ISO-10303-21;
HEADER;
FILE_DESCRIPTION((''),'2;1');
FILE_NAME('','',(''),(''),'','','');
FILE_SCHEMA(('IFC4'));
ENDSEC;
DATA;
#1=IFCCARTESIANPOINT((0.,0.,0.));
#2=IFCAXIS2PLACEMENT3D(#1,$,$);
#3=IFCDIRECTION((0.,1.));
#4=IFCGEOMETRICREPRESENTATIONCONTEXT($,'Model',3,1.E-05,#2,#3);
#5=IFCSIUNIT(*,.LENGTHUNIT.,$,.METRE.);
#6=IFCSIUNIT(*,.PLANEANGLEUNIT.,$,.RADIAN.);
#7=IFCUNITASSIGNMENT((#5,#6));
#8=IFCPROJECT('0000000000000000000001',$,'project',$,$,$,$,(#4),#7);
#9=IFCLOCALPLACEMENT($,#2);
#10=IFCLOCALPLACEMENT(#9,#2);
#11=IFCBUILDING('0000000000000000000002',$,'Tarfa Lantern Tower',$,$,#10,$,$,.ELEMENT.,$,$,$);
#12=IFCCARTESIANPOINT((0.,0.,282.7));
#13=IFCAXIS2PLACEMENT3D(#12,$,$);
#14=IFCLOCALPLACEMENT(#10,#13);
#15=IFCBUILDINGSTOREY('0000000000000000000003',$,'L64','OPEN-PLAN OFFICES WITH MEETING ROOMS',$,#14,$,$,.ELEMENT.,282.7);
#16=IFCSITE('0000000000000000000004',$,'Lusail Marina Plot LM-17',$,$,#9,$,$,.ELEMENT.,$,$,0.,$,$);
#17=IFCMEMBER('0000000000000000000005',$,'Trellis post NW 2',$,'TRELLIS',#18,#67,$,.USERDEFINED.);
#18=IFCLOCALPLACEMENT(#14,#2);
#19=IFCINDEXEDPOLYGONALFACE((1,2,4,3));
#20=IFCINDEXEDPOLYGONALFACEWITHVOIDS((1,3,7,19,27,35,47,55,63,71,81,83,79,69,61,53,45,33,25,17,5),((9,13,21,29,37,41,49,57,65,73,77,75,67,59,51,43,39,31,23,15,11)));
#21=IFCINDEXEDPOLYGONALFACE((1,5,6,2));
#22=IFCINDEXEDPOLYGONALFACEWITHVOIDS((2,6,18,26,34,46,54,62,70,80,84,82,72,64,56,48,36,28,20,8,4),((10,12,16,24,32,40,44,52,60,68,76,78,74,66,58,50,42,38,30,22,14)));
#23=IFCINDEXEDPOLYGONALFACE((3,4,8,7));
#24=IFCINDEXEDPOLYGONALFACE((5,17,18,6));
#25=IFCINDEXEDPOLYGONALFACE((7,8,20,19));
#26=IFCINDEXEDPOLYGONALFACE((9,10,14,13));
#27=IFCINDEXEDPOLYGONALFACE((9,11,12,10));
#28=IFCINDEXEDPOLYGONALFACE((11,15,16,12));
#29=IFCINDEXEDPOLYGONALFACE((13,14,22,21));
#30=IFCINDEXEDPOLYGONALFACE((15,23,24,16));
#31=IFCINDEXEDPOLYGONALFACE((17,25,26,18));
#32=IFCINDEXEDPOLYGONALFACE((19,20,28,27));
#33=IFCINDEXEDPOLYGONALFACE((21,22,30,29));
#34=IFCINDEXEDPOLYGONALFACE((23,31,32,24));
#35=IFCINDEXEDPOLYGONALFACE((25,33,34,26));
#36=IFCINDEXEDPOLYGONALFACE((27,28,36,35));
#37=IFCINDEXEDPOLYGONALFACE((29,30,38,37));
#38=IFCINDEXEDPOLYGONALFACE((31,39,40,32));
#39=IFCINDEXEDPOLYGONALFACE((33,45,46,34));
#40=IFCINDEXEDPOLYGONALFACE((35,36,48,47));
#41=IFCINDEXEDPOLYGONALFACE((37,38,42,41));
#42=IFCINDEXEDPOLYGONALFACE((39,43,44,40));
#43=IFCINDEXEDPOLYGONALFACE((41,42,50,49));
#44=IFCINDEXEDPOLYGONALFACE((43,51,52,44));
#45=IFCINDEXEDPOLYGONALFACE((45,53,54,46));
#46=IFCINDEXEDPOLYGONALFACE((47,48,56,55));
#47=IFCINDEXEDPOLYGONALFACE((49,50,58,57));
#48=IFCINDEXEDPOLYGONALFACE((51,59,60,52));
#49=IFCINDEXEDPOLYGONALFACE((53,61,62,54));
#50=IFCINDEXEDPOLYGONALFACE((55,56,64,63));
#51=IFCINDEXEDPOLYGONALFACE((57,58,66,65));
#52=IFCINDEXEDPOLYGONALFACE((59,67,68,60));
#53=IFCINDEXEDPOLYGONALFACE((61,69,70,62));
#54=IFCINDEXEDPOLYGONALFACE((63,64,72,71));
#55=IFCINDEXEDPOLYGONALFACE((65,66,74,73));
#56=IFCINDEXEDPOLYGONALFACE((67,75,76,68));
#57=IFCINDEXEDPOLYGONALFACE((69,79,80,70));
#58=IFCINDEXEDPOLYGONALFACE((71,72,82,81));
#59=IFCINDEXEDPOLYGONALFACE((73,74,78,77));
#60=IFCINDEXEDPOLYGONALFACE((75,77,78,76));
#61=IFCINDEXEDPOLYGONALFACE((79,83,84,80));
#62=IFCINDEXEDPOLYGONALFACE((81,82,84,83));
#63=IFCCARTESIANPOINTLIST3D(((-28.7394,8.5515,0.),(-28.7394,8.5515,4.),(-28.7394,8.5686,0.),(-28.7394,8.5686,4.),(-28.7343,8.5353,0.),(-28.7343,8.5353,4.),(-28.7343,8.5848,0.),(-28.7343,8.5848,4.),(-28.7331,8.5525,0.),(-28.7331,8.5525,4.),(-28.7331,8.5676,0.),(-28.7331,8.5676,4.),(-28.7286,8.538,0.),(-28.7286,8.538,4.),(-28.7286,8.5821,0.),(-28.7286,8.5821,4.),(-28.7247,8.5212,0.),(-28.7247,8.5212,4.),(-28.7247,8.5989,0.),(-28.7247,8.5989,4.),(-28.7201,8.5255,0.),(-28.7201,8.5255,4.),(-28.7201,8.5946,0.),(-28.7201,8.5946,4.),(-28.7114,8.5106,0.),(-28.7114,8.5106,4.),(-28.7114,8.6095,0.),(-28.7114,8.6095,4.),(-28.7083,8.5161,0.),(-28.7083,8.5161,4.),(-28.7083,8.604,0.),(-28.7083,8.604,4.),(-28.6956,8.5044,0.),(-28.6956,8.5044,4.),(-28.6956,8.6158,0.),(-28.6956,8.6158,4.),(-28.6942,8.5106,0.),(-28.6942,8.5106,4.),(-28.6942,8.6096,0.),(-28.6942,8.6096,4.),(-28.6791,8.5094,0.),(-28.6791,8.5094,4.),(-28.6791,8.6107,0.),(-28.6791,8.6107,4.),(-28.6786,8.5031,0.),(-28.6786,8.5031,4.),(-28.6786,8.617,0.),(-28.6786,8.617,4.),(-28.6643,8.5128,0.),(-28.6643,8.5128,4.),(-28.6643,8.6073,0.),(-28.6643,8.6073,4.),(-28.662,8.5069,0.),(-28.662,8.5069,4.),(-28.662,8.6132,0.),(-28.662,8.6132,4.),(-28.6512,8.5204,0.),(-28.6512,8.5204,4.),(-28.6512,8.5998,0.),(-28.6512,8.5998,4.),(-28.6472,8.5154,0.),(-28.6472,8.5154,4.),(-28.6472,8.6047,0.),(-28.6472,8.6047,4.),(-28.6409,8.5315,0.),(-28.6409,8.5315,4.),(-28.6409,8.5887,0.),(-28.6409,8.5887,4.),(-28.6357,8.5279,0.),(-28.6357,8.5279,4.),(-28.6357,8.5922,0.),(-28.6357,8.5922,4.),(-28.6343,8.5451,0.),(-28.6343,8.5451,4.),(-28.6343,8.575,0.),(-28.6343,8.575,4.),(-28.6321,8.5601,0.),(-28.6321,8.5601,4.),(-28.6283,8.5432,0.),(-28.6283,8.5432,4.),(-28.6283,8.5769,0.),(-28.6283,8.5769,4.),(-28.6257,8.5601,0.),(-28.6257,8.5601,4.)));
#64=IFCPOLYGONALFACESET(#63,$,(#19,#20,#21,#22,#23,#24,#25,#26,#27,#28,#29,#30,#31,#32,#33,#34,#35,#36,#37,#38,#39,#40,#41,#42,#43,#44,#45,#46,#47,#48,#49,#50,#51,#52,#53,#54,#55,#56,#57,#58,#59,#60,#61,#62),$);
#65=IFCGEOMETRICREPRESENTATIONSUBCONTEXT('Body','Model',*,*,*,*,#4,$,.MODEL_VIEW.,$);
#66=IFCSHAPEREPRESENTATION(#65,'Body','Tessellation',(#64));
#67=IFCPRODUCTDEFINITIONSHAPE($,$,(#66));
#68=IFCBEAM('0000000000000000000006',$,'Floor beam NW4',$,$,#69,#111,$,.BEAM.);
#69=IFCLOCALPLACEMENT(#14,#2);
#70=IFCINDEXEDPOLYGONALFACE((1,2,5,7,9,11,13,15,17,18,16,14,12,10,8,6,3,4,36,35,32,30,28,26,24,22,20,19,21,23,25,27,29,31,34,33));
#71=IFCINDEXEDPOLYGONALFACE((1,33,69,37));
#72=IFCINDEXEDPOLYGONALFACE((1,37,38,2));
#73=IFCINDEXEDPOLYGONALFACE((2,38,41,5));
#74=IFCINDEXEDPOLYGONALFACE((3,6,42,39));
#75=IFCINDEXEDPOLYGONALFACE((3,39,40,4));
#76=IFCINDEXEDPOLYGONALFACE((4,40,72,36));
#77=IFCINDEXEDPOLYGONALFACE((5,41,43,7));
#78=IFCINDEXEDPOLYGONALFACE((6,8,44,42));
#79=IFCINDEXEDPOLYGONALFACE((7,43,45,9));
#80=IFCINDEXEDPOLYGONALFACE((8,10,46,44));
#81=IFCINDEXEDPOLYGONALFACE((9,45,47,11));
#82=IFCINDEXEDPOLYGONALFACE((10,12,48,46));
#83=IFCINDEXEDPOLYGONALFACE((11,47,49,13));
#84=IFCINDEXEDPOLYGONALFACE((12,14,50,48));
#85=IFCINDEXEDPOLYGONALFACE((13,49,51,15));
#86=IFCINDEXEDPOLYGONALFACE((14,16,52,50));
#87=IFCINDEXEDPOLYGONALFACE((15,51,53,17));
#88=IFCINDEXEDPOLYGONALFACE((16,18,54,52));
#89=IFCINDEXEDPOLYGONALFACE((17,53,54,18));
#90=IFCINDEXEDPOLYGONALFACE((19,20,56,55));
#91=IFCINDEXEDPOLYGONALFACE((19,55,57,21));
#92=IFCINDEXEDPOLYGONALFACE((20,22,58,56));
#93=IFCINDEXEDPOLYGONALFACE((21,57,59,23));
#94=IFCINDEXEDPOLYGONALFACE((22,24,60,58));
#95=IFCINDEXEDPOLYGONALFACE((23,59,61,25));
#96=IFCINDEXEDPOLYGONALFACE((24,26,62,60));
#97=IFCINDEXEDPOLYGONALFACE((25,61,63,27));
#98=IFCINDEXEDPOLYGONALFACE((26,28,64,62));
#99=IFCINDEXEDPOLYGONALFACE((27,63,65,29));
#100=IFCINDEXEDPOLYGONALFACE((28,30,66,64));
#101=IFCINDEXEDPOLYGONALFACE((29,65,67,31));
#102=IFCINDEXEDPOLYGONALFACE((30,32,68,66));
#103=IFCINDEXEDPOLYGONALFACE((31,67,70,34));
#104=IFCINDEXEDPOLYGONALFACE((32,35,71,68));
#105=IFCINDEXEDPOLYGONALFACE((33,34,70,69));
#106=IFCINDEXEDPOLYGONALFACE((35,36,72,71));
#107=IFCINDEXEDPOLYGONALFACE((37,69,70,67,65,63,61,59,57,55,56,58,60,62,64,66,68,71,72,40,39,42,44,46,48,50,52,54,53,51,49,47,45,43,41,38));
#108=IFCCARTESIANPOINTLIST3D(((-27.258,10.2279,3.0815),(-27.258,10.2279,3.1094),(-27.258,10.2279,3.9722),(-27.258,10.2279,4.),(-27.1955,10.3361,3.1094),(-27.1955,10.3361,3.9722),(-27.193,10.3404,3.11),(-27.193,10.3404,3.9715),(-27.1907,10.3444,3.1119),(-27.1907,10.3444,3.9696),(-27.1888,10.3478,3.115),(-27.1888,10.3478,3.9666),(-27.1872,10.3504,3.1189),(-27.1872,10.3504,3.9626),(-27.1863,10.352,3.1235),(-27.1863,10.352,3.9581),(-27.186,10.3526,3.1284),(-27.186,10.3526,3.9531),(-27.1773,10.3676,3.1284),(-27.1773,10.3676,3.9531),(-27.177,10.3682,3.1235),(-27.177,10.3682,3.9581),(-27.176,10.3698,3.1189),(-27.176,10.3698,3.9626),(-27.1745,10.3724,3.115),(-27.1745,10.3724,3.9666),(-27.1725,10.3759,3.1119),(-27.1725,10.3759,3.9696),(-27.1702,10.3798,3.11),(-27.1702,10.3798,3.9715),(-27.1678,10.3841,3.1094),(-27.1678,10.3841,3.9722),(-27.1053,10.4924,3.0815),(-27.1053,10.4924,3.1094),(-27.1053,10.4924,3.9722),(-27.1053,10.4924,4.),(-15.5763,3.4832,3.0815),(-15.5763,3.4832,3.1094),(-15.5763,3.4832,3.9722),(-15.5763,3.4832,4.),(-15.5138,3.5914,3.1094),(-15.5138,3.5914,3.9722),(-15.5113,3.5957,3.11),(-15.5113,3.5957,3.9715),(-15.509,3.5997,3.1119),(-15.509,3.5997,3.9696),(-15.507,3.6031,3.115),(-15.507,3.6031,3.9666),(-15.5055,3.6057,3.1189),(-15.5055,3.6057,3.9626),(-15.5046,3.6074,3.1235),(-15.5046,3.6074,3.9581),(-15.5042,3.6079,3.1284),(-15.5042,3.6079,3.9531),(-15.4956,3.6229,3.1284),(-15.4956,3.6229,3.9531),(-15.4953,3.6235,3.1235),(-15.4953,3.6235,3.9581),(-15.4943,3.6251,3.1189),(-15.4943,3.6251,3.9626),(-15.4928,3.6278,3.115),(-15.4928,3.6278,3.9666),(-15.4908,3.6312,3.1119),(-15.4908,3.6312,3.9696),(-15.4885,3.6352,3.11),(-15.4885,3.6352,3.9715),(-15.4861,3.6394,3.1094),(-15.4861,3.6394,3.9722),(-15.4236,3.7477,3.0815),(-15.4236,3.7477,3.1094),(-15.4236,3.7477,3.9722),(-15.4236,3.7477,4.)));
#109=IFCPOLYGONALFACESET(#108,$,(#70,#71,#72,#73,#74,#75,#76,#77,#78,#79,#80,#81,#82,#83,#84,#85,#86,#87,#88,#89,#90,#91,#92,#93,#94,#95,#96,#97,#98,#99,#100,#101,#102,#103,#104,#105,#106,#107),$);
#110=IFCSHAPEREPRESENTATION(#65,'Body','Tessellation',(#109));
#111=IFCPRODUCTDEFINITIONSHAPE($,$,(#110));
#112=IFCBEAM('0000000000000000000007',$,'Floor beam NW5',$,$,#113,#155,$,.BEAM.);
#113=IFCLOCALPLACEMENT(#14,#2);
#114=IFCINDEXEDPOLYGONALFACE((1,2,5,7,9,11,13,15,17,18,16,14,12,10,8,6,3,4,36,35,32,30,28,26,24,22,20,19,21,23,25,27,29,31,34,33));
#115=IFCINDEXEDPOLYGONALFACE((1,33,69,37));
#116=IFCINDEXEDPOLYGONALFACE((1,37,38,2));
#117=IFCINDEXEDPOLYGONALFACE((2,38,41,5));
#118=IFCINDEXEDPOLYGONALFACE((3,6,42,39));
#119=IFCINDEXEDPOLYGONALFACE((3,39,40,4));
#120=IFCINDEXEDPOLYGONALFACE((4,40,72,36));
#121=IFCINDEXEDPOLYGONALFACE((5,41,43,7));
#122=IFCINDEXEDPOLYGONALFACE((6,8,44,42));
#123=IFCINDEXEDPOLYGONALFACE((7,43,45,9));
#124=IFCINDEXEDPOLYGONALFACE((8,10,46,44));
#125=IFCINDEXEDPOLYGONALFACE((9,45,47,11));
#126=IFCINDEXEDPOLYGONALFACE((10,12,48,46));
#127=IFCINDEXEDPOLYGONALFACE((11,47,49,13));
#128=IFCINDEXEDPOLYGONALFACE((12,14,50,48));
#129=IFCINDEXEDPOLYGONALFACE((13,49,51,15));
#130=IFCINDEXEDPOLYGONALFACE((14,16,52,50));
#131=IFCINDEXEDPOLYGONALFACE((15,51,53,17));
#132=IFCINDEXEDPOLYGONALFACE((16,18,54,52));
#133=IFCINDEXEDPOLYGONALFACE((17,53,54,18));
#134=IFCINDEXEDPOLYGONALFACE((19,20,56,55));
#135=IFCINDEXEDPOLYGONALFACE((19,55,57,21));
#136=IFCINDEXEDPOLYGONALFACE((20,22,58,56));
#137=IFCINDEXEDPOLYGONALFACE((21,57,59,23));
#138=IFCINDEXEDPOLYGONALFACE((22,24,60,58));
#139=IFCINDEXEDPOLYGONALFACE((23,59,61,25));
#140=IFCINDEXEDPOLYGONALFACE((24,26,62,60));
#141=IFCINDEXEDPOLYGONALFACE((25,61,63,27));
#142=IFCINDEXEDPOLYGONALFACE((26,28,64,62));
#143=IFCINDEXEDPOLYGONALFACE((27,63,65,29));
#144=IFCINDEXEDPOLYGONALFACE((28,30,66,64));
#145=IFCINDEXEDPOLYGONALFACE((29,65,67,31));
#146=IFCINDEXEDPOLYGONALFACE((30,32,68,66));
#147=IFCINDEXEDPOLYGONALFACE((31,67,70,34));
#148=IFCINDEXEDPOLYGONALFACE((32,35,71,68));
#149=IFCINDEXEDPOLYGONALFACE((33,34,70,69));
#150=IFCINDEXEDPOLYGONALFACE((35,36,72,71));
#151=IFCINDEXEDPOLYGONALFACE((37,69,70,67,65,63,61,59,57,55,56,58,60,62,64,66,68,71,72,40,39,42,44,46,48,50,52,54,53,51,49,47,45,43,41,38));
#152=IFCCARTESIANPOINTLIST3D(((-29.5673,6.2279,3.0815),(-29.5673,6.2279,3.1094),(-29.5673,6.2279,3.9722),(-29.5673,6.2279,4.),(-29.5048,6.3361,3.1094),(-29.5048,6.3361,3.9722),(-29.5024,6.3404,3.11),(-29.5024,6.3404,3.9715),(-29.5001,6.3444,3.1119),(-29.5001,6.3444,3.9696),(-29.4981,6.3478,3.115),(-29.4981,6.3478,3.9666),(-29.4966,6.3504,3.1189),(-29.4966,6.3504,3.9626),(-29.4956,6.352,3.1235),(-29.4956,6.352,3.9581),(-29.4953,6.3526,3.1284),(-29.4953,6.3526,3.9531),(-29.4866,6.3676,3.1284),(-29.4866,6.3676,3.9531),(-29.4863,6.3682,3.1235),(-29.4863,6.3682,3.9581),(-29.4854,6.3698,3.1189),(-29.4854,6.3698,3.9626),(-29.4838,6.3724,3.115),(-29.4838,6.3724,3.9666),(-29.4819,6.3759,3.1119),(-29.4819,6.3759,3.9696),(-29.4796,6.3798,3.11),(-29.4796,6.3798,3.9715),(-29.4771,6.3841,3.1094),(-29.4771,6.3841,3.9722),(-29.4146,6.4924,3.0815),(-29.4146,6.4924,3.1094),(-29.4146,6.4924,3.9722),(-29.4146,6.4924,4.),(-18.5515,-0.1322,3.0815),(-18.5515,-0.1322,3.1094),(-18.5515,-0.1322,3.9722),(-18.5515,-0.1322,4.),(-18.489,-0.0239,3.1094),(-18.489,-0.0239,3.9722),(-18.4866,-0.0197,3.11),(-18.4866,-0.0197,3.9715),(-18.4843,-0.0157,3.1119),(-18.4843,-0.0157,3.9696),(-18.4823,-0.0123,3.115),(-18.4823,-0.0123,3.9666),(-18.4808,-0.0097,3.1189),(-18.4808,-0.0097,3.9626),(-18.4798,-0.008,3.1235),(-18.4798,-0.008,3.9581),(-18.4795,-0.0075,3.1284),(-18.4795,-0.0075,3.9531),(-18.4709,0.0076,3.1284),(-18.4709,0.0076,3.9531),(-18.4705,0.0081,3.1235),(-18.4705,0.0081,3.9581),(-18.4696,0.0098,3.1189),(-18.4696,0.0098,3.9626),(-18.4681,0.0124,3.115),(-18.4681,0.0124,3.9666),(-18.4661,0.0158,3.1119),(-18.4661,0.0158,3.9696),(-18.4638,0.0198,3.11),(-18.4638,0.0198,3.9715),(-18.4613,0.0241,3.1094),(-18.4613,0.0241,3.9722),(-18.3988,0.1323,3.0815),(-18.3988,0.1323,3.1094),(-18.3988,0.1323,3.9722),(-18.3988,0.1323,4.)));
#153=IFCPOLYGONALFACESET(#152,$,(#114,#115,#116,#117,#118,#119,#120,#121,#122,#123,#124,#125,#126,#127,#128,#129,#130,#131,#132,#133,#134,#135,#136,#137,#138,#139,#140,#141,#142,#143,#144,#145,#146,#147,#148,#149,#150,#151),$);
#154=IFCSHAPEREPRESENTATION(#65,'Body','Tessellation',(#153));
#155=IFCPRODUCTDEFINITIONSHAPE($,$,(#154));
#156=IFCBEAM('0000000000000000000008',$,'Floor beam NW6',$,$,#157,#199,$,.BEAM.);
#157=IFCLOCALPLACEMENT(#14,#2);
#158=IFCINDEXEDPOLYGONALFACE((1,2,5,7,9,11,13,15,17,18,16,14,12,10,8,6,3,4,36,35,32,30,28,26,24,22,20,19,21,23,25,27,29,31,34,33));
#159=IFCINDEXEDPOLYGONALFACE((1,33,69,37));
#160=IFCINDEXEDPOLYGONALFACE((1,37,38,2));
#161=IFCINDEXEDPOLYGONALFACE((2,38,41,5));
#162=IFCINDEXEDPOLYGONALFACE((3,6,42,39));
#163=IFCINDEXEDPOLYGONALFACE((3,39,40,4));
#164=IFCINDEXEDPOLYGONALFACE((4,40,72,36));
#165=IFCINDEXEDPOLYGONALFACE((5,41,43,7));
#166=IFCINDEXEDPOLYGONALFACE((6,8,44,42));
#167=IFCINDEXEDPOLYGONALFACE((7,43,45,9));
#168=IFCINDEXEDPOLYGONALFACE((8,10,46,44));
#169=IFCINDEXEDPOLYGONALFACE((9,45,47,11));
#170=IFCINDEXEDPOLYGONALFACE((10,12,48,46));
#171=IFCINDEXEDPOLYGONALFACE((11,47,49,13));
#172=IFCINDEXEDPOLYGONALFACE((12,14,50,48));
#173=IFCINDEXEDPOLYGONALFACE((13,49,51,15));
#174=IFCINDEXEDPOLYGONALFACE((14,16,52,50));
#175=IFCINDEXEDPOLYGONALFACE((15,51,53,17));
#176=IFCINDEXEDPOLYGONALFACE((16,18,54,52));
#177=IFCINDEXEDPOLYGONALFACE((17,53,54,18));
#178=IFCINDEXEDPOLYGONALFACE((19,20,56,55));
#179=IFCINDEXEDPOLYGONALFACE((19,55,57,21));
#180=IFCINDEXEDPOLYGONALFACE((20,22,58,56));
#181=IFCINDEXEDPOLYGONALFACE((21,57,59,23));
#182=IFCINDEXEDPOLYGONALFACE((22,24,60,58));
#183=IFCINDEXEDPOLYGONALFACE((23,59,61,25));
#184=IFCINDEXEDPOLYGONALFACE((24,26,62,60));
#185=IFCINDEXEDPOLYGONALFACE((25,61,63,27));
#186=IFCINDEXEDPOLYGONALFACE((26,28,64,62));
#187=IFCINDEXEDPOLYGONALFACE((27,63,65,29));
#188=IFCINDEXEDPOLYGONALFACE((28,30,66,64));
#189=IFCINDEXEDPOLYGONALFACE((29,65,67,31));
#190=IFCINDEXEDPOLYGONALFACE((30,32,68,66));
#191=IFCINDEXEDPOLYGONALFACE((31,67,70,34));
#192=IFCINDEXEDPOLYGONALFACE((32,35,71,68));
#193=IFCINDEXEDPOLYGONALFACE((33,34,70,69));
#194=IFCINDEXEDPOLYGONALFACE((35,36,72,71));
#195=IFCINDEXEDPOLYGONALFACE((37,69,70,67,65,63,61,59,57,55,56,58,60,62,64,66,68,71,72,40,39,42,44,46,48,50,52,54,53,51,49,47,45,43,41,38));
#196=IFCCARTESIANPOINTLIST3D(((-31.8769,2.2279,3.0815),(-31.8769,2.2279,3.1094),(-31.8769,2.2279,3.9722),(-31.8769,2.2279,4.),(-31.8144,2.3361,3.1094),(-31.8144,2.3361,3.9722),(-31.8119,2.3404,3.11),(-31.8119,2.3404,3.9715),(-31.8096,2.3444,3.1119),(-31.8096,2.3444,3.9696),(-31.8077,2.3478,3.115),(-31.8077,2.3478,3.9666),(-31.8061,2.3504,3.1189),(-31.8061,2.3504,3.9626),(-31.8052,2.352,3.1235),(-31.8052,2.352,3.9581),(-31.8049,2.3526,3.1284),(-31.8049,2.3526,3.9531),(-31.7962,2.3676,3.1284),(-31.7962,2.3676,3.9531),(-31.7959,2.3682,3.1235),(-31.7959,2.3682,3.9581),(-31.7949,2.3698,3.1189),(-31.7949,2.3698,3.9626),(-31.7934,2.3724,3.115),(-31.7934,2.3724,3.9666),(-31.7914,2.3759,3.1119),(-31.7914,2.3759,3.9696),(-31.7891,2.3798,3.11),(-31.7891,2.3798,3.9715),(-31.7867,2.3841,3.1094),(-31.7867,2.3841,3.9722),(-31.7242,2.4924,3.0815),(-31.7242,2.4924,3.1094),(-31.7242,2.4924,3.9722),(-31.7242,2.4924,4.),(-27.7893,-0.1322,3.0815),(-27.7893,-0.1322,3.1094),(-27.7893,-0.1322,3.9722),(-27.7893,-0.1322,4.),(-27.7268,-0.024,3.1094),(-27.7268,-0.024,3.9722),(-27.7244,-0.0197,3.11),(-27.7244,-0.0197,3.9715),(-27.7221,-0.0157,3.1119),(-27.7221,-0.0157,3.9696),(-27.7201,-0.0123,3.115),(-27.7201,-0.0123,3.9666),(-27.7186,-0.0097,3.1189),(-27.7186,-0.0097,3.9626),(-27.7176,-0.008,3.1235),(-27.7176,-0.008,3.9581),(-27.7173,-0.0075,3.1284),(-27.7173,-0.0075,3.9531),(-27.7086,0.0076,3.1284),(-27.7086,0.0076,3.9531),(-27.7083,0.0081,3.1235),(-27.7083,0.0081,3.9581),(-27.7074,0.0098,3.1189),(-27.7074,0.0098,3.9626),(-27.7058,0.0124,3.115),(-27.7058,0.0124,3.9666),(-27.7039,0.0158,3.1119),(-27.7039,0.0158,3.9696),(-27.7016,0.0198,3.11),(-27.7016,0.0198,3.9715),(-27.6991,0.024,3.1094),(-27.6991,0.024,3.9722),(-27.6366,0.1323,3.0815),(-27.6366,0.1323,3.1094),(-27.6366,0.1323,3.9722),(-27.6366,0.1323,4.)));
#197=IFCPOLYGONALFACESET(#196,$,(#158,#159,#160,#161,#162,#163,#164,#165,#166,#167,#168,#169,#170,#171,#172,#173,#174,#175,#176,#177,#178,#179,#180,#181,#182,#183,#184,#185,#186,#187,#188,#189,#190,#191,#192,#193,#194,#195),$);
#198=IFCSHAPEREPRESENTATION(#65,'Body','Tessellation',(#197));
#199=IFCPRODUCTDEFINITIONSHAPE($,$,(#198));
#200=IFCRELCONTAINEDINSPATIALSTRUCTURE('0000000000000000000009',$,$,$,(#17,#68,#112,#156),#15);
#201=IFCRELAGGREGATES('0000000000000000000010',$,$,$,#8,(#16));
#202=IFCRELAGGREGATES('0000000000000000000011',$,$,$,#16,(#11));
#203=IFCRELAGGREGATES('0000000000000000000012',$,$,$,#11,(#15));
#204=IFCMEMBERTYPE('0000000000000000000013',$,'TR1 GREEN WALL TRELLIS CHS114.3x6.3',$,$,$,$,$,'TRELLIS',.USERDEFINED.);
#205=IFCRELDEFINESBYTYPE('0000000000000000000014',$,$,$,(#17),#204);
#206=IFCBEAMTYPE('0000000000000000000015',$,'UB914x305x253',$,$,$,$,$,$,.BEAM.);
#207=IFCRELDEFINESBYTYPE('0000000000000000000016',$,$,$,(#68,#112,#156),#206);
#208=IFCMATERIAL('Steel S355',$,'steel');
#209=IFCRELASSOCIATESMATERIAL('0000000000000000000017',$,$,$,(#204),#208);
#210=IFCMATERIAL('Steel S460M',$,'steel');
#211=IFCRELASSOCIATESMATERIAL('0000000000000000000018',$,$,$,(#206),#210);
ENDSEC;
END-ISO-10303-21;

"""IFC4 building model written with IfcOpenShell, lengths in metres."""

from ifc_helpers import new_model, si_unit, direction, frame, origin, origin_2d, place, context, subcontext, project, spatial, hollow_circle, i_section, extrude, material, material_profile, profile_set, type_object, element, save


model = new_model("IFC4")

# Units and contexts
model_context = context("Model", 3, precision=1e-05, world=origin(), true_north=direction((0.0, 1.0)))
body_context = subcontext(model_context, "Body", "Model", "MODEL_VIEW")
ifc_project = project(units=[si_unit("LENGTHUNIT", "METRE"), si_unit("PLANEANGLEUNIT", "RADIAN")], contexts=[model_context])

# Site, building, storey
site_placement = place(None, origin())
site = spatial("IfcSite", under=ifc_project, at=site_placement, Name="Lusail Marina Plot LM-17", CompositionType="ELEMENT", RefElevation=0.0)
building_placement = place(site_placement, origin())
building = spatial("IfcBuilding", under=site, at=building_placement, Name="Tarfa Lantern Tower", CompositionType="ELEMENT")
storey_placement = place(building_placement, frame((0.0, 0.0, 282.7)))
storey = spatial("IfcBuildingStorey", under=building, at=storey_placement, Name="L64", Description="OPEN-PLAN OFFICES WITH MEETING ROOMS", CompositionType="ELEMENT", Elevation=282.7)

# Member
ifc_material_1 = material(Name="Steel S355", Category="steel")
ifc_material_profile_1 = material_profile(ifc_material_1, hollow_circle(Radius=0.0571, WallThickness=0.0063, at=origin_2d()), Name="CHS114.3x6.3")
ifc_profile_set_1 = profile_set([ifc_material_profile_1], Name="Steel S355")
member_type_1 = type_object("IfcMemberType", Name="TR1 GREEN WALL TRELLIS CHS114.3x6.3", ElementType="TRELLIS", PredefinedType="USERDEFINED", material=ifc_profile_set_1)
member_1_placement = place(storey_placement, frame((-28.6829, 8.5601, 0.0), z_axis=(0.0, 0.0, 1.0), x_axis=(1.0, 0.0, 0.0)))
element("IfcMember", 1, at=member_1_placement, inside=storey, type_object=member_type_1, Name="Trellis post NW 2", ObjectType="TRELLIS", PredefinedType="USERDEFINED", context=body_context, shape_type="SweptSolid", body=[
    extrude(hollow_circle(Radius=0.0571, WallThickness=0.0063, at=origin_2d()), origin(), (0.0, 0.0, 1.0), 4.0),
])

# Beams
ifc_material_2 = material(Name="Steel S460M", Category="steel")
ifc_material_profile_2 = material_profile(ifc_material_2, i_section(OverallWidth=0.3054, OverallDepth=0.9185, WebThickness=0.0173, FlangeThickness=0.0278, FilletRadius=0.019, at=origin_2d()), Name="UB914x305x253")
ifc_profile_set_2 = profile_set([ifc_material_profile_2], Name="Steel S460M")
beam_type_1 = type_object("IfcBeamType", Name="UB914x305x253", PredefinedType="BEAM", material=ifc_profile_set_2)
beam_1_placement = place(storey_placement, frame((-27.1816, 10.3601, 3.5408), z_axis=(0.866018, -0.500013, 0.0), x_axis=(0.500013, 0.866018, 0.0)))
element("IfcBeam", 2, at=beam_1_placement, inside=storey, type_object=beam_type_1, Name="Floor beam NW4", PredefinedType="BEAM", context=body_context, shape_type="SweptSolid", body=[
    extrude(i_section(OverallWidth=0.3054, OverallDepth=0.9185, WebThickness=0.0173, FlangeThickness=0.0278, FilletRadius=0.019, at=origin_2d()), origin(), (0.0, 0.0, 1.0), 13.489),
])
beam_2_placement = place(storey_placement, frame((-29.491, 6.3601, 3.5408), z_axis=(0.866022, -0.500005, 0.0), x_axis=(0.500005, 0.866022, 0.0)))
element("IfcBeam", 3, at=beam_2_placement, inside=storey, type_object=beam_type_1, Name="Floor beam NW5", PredefinedType="BEAM", context=body_context, shape_type="SweptSolid", body=[
    extrude(i_section(OverallWidth=0.3054, OverallDepth=0.9185, WebThickness=0.0173, FlangeThickness=0.0278, FilletRadius=0.019, at=origin_2d()), origin(), (0.0, 0.0, 1.0), 12.72),
])
beam_3_placement = place(storey_placement, frame((-31.8005, 2.3601, 3.5408), z_axis=(0.866016, -0.500016, 0.0), x_axis=(0.500016, 0.866016, 0.0)))
element("IfcBeam", 4, at=beam_3_placement, inside=storey, type_object=beam_type_1, Name="Floor beam NW6", PredefinedType="BEAM", context=body_context, shape_type="SweptSolid", body=[
    extrude(i_section(OverallWidth=0.3054, OverallDepth=0.9185, WebThickness=0.0173, FlangeThickness=0.0278, FilletRadius=0.019, at=origin_2d()), origin(), (0.0, 0.0, 1.0), 4.72),
])

save(model, "model.ifc")
